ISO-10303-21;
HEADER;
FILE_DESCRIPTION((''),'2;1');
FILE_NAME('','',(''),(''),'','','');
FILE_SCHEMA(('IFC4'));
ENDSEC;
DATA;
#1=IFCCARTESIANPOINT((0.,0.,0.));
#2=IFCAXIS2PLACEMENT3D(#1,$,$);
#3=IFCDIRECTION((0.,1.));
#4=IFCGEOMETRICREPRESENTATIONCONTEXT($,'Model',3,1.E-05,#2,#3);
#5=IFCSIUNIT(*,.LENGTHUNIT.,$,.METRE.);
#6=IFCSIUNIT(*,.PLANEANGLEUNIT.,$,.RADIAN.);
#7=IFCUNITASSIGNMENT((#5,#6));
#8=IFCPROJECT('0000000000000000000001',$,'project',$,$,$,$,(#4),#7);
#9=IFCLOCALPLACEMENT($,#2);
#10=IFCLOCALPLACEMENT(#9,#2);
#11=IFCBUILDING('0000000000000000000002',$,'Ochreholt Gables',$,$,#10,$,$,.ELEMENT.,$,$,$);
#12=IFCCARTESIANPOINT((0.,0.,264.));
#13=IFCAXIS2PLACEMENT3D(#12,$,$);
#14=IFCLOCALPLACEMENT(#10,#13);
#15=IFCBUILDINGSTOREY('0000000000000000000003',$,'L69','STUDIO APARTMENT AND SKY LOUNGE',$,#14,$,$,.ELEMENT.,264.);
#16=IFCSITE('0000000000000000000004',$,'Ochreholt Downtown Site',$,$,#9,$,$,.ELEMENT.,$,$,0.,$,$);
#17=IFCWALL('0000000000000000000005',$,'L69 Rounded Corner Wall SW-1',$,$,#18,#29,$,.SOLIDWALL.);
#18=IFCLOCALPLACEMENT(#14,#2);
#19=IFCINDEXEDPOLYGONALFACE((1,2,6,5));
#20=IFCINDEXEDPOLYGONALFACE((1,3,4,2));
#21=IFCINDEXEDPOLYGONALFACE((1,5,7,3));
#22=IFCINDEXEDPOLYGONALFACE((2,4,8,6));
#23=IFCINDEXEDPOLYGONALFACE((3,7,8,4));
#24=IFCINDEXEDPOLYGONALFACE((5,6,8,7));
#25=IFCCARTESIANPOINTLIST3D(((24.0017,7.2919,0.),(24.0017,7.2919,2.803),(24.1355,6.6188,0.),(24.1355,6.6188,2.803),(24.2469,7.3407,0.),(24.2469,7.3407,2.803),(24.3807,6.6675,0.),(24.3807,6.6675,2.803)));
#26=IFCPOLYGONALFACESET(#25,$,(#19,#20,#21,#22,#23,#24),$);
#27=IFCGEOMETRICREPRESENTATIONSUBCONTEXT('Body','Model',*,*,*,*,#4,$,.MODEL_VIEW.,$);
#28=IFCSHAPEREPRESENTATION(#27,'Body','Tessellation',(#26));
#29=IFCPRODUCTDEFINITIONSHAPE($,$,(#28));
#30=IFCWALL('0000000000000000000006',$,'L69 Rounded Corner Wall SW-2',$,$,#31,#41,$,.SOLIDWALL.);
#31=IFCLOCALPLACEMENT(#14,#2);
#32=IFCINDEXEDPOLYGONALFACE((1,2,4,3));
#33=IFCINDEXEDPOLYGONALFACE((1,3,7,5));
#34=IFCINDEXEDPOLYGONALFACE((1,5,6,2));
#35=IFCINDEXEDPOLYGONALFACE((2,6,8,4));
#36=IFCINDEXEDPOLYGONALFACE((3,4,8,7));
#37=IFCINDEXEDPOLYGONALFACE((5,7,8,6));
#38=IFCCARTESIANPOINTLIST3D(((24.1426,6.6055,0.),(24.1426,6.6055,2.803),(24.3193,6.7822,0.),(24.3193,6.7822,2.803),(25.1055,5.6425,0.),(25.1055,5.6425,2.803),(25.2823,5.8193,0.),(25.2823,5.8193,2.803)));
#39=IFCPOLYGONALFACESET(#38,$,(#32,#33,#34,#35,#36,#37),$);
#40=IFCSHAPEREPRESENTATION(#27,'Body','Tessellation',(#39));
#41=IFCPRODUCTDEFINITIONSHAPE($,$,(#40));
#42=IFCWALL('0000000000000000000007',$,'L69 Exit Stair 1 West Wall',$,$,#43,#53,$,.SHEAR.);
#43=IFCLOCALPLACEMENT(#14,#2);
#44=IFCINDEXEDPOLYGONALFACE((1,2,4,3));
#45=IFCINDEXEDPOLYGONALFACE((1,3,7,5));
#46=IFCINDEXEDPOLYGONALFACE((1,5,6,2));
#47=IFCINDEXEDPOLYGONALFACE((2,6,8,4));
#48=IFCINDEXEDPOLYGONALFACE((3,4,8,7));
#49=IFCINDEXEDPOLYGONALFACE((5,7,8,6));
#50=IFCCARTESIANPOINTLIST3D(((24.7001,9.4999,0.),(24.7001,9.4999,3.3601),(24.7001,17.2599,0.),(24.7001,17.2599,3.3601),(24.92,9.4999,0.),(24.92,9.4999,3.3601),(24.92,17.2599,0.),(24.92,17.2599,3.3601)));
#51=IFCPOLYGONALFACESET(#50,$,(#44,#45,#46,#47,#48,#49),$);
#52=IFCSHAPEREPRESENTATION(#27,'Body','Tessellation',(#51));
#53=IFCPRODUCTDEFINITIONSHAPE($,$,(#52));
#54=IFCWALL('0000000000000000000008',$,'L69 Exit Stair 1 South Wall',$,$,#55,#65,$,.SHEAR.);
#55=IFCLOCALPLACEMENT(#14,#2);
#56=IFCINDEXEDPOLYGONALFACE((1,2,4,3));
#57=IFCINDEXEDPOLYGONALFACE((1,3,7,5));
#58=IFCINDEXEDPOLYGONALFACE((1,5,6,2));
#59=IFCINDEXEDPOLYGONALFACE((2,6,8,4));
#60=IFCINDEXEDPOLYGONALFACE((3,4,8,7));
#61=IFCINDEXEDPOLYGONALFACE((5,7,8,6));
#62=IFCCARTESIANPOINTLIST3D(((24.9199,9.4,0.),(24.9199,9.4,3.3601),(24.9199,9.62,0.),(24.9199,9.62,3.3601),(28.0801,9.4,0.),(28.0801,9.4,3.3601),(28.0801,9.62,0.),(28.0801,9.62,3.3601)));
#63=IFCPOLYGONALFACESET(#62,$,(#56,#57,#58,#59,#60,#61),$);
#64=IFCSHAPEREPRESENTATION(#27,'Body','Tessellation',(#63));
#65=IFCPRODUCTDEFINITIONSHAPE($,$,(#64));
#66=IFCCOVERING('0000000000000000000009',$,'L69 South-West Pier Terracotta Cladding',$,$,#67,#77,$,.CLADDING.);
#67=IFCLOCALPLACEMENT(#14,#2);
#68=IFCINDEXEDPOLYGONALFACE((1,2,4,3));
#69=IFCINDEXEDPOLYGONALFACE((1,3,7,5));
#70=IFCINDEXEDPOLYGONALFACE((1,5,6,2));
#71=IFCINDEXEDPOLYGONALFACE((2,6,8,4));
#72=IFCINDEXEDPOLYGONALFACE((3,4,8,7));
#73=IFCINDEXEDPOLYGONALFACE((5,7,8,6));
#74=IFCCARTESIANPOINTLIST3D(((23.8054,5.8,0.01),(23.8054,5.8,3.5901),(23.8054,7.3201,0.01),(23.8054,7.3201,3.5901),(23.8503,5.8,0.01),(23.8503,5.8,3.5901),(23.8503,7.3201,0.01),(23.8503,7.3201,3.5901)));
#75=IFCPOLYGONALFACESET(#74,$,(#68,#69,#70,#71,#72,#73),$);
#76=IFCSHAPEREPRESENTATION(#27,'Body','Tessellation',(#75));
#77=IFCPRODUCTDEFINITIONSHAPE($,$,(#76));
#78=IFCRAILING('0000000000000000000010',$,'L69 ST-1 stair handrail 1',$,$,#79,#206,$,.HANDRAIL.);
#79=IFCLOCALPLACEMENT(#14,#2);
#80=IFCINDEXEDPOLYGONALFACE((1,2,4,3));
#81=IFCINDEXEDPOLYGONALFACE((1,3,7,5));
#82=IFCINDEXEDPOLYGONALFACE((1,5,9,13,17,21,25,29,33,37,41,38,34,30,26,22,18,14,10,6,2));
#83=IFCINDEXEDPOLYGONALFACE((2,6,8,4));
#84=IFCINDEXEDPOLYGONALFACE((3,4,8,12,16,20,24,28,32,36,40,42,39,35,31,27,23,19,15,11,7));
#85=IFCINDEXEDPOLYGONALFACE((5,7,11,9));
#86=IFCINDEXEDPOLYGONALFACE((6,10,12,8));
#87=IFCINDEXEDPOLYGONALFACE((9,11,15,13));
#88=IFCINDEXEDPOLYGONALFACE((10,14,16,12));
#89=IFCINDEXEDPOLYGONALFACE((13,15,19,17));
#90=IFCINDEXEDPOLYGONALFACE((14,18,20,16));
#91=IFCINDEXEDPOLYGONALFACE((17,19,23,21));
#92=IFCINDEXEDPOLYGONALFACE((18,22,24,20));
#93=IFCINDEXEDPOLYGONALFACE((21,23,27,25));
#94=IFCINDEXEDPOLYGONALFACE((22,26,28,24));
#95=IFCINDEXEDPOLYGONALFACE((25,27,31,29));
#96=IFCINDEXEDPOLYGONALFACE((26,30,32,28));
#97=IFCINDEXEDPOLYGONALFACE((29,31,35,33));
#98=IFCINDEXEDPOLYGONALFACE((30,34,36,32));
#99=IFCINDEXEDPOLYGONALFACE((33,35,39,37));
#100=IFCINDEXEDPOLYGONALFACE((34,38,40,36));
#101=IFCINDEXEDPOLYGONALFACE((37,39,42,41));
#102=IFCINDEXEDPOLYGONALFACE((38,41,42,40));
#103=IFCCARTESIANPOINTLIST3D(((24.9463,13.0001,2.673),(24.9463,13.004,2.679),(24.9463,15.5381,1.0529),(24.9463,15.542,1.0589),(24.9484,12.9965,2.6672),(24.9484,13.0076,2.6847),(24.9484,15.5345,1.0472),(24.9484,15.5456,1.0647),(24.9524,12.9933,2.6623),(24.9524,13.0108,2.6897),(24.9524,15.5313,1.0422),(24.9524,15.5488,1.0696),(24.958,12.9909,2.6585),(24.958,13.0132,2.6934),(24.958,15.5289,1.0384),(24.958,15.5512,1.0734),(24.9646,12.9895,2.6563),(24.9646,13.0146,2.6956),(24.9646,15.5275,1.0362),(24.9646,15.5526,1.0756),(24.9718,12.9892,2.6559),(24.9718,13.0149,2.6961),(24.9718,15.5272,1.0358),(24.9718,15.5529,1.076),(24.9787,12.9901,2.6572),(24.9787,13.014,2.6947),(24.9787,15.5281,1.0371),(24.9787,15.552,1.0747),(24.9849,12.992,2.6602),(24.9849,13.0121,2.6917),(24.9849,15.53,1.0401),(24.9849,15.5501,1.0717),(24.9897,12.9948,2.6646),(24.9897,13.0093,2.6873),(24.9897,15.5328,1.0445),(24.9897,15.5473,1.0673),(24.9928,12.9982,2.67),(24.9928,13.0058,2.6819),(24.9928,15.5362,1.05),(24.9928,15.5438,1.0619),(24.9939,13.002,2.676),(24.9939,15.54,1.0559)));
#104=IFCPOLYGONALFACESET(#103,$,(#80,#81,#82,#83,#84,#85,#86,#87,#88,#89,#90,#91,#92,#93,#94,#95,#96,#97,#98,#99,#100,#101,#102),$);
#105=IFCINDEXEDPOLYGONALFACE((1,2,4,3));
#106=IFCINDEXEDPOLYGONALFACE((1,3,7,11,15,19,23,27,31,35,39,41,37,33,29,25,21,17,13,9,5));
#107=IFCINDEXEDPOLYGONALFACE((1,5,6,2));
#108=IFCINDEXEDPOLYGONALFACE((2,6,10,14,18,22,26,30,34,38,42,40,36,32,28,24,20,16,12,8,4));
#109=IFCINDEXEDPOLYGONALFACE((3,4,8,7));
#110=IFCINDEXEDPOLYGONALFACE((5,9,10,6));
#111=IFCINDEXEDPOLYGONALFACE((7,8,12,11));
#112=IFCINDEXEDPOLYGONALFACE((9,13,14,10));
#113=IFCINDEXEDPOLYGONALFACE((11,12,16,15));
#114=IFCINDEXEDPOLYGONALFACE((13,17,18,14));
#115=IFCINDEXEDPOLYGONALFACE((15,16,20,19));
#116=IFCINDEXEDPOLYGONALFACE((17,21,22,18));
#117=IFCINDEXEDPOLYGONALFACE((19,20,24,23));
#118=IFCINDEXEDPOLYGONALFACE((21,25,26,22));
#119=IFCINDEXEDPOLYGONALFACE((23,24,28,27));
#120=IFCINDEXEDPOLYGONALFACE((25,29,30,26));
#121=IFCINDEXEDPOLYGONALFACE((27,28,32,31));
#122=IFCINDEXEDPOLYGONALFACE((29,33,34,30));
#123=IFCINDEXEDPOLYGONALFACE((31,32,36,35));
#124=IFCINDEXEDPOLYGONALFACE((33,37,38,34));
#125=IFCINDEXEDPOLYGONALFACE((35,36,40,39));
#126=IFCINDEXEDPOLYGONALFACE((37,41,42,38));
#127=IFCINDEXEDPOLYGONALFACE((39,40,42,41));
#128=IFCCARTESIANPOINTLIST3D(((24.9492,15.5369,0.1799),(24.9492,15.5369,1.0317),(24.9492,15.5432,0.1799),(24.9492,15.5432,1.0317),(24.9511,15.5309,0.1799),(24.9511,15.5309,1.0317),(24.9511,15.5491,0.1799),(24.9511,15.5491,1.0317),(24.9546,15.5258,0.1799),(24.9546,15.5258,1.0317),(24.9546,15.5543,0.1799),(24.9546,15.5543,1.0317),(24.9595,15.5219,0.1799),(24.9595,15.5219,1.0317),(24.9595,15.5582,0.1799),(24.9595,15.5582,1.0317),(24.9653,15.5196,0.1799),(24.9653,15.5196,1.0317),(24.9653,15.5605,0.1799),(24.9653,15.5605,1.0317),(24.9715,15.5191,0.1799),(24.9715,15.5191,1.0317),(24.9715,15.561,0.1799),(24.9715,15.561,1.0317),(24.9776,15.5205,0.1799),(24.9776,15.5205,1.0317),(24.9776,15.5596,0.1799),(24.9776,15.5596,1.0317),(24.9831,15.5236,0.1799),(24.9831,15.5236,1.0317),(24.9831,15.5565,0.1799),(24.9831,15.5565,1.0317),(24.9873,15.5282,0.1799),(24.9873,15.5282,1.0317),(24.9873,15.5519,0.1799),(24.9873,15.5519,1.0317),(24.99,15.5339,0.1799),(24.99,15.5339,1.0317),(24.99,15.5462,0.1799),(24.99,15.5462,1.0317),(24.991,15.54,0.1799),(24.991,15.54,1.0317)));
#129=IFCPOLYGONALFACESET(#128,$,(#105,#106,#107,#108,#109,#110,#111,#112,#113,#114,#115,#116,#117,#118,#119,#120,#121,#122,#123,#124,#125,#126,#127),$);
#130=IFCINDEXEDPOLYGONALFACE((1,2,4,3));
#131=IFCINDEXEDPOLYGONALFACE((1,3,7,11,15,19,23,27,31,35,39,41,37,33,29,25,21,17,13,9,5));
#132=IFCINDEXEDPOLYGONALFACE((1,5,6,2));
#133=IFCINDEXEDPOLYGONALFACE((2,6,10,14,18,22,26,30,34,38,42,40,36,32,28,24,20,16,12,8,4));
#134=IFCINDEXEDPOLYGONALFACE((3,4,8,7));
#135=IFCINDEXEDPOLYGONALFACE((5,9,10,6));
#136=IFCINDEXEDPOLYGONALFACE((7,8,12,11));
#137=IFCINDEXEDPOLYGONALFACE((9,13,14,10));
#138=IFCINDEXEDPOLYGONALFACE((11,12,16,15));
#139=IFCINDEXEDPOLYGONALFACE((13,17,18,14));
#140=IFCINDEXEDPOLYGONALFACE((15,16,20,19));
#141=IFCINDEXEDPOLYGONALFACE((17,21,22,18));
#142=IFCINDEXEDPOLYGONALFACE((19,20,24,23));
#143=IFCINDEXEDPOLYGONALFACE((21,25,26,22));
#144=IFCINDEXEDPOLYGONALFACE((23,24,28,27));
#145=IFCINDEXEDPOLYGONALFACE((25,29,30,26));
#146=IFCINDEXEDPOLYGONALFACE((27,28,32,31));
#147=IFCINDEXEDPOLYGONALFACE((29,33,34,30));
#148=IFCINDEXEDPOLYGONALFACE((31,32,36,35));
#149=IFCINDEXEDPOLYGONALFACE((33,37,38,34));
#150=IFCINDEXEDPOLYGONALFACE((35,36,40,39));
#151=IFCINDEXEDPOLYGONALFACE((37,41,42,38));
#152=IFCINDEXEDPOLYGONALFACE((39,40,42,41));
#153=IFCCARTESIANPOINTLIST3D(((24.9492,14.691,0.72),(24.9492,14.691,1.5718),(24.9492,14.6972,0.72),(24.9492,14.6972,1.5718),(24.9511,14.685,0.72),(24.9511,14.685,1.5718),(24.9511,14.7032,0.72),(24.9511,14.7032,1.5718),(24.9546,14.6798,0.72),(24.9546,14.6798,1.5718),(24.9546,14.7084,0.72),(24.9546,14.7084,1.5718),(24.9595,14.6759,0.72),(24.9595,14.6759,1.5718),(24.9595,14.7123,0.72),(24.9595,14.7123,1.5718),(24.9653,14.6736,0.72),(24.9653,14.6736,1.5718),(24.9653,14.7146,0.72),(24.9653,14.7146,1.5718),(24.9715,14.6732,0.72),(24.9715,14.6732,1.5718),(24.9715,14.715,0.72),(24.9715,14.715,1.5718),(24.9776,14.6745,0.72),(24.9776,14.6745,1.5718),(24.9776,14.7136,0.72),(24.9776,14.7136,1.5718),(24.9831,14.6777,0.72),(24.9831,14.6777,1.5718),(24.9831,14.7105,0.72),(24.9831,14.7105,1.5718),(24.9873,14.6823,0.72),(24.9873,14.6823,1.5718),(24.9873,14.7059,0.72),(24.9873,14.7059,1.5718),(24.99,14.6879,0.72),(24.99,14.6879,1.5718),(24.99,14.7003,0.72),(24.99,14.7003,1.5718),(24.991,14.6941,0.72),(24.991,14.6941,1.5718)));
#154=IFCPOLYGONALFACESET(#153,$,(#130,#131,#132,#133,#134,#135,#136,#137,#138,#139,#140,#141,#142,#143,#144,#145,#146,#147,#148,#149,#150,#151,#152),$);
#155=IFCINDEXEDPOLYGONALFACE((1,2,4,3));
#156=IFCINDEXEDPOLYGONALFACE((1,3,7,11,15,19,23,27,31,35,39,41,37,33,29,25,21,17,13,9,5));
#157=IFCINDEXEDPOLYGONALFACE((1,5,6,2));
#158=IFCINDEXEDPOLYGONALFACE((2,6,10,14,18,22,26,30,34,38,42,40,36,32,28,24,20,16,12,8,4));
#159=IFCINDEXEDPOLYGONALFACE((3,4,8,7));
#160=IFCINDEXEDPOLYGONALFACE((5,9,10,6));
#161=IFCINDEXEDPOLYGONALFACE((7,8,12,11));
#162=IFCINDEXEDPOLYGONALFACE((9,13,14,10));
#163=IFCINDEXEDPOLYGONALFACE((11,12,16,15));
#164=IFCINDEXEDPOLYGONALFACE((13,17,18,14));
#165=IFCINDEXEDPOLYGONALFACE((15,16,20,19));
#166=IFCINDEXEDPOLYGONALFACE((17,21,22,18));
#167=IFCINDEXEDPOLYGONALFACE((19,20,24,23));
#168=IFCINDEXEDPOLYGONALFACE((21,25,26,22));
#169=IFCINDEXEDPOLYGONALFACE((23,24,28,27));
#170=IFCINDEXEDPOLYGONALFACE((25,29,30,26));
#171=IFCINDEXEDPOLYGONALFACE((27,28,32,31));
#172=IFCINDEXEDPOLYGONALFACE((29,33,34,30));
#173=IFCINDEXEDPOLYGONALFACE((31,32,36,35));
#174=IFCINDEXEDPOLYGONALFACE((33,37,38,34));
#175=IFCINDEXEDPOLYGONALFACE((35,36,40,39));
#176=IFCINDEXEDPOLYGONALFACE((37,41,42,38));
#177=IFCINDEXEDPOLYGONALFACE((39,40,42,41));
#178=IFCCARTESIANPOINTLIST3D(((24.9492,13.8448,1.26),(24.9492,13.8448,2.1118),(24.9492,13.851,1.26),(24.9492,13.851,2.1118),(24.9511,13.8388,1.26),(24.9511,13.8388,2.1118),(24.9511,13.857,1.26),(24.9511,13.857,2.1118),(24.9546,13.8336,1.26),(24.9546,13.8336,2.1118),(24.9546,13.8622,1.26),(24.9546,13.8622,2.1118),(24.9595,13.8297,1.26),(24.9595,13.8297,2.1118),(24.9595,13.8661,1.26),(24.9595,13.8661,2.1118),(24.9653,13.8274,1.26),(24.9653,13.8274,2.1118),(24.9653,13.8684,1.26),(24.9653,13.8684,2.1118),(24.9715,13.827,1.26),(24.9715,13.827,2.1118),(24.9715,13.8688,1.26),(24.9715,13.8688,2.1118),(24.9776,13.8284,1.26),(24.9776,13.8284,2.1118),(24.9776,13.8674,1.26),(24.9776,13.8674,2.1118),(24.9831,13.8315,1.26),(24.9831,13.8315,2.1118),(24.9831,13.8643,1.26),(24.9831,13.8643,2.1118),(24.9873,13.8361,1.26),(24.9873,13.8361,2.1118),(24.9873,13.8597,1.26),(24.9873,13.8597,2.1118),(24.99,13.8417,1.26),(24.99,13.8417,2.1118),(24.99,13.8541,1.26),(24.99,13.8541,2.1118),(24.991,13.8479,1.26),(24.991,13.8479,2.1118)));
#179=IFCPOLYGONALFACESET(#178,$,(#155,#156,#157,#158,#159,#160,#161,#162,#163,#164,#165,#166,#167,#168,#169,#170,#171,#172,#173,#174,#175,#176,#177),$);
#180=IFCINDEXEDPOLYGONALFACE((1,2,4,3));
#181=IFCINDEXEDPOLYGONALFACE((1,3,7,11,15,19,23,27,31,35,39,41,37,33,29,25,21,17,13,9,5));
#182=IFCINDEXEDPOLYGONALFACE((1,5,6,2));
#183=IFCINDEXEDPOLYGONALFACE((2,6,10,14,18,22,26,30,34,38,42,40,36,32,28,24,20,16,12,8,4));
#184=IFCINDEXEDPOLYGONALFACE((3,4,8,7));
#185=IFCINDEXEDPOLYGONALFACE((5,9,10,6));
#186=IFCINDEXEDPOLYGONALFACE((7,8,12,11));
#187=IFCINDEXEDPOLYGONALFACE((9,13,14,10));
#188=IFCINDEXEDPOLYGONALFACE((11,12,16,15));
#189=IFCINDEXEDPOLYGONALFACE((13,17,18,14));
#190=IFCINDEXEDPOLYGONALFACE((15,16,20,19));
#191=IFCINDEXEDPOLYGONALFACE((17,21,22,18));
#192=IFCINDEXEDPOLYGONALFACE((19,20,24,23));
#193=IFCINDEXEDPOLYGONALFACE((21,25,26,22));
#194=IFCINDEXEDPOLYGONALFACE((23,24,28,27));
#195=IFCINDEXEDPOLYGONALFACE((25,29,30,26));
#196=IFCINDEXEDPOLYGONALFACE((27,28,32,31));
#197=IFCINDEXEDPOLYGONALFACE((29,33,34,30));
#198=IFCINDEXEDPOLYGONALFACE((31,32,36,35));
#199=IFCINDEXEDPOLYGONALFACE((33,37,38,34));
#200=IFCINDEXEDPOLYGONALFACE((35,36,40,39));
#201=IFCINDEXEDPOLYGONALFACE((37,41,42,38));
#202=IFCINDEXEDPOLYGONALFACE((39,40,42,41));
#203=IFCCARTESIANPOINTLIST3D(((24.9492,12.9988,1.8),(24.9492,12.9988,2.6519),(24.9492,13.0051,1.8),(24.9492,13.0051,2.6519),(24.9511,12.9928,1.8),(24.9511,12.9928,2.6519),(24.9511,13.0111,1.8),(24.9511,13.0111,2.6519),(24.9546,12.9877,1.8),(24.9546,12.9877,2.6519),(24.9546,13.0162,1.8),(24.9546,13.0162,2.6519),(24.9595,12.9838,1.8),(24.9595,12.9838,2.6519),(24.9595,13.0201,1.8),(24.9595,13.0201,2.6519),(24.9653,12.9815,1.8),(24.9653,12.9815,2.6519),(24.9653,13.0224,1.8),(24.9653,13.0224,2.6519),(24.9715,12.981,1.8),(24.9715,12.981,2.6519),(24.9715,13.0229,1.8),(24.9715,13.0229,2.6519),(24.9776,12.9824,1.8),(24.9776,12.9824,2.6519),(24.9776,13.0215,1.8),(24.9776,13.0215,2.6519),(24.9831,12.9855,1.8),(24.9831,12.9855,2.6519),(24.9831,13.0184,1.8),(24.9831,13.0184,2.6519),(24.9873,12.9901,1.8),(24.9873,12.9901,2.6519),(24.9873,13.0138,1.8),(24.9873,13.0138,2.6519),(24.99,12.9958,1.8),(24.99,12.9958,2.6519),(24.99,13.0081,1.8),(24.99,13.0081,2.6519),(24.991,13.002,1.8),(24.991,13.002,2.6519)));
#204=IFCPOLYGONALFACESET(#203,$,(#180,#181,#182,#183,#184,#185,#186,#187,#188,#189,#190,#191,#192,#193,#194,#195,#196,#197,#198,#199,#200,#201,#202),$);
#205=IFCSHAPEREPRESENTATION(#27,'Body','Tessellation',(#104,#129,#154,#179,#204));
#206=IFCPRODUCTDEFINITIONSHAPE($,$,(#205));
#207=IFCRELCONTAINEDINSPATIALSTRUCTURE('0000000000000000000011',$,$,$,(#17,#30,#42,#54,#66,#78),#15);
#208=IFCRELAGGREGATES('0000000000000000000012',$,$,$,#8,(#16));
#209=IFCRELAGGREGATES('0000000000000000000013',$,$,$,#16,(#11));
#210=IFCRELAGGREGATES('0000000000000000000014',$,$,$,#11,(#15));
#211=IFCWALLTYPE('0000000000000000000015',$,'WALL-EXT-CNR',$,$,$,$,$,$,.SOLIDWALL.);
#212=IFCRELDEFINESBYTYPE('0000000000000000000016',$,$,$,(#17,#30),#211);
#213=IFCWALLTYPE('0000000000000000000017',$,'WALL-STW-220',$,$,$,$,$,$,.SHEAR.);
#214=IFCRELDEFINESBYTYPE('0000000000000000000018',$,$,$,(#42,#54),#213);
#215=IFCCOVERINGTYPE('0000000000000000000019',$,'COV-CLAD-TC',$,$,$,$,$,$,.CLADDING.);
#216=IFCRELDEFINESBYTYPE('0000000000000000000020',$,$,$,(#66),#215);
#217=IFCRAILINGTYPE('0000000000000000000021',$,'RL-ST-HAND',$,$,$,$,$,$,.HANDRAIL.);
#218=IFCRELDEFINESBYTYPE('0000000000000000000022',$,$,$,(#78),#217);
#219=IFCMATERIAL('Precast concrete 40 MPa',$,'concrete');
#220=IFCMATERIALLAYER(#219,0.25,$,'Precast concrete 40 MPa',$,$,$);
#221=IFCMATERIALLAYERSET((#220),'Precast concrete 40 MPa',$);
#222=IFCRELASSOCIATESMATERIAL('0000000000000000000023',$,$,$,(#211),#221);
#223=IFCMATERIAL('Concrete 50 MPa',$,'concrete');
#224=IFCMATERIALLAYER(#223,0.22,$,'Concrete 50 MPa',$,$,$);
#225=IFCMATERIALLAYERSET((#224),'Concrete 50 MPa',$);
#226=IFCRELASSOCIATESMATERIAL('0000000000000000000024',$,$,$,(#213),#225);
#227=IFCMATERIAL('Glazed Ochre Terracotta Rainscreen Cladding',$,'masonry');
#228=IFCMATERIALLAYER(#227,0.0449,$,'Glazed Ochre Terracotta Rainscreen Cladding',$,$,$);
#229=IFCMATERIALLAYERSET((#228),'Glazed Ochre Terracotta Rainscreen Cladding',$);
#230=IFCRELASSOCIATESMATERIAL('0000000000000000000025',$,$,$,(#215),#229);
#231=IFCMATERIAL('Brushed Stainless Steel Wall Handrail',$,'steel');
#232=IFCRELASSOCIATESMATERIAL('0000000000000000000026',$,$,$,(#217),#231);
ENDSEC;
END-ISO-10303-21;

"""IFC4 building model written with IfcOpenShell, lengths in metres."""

from ifc_helpers import new_model, si_unit, direction, frame, frame_2d, origin, origin_2d, place, context, subcontext, project, spatial, rectangle, circle, extrude, material, layer, layer_set, type_object, element, save


model = new_model("IFC4")

# Units and contexts
model_context = context("Model", 3, precision=1e-05, world=origin(), true_north=direction((0.0, 1.0)))
body_context = subcontext(model_context, "Body", "Model", "MODEL_VIEW")
ifc_project = project(units=[si_unit("LENGTHUNIT", "METRE"), si_unit("PLANEANGLEUNIT", "RADIAN")], contexts=[model_context])

# Site, building, storey
site_placement = place(None, origin())
site = spatial("IfcSite", under=ifc_project, at=site_placement, Name="Ochreholt Downtown Site", CompositionType="ELEMENT", RefElevation=0.0)
building_placement = place(site_placement, origin())
building = spatial("IfcBuilding", under=site, at=building_placement, Name="Ochreholt Gables", CompositionType="ELEMENT")
storey_placement = place(building_placement, frame((0.0, 0.0, 264.0)))
storey = spatial("IfcBuildingStorey", under=building, at=storey_placement, Name="L69", Description="STUDIO APARTMENT AND SKY LOUNGE", CompositionType="ELEMENT", Elevation=264.0)

# Shared definitions
ifc_material_1 = material(Name="Concrete 50 MPa", Category="concrete")

# Shared definitions
ifc_material_2 = material(Name="Precast concrete 40 MPa", Category="concrete")

# Walls
ifc_layer_1 = layer(ifc_material_2, 0.25, Name="Precast concrete 40 MPa")
ifc_layer_set_1 = layer_set([ifc_layer_1], Name="Precast concrete 40 MPa")
wall_type_1 = type_object("IfcWallType", Name="WALL-EXT-CNR", PredefinedType="SOLIDWALL", material=ifc_layer_set_1)
wall_1_placement = place(storey_placement, frame((24.1243, 7.3164, 0.0), z_axis=(0.0, 0.0, 1.0), x_axis=(0.194953, -0.980813, 0.0)))
element("IfcWall", 1, at=wall_1_placement, inside=storey, type_object=wall_type_1, Name="L69 Rounded Corner Wall SW-1", PredefinedType="SOLIDWALL", context=body_context, shape_type="SweptSolid", body=[
    extrude(rectangle(XDim=0.6863, YDim=0.25, at=frame_2d((0.3433, 0.0))), origin(), (0.0, 0.0, 1.0), 2.803),
])
wall_2_placement = place(storey_placement, frame((24.231, 6.6938, 0.0), z_axis=(0.0, 0.0, 1.0), x_axis=(0.707107, -0.707107, 0.0)))
element("IfcWall", 2, at=wall_2_placement, inside=storey, type_object=wall_type_1, Name="L69 Rounded Corner Wall SW-2", PredefinedType="SOLIDWALL", context=body_context, shape_type="SweptSolid", body=[
    extrude(rectangle(XDim=1.3618, YDim=0.25, at=frame_2d((0.6809, 0.0))), origin(), (0.0, 0.0, 1.0), 2.803),
])
ifc_layer_2 = layer(ifc_material_1, 0.22, Name="Concrete 50 MPa")
ifc_layer_set_2 = layer_set([ifc_layer_2], Name="Concrete 50 MPa")
wall_type_2 = type_object("IfcWallType", Name="WALL-STW-220", PredefinedType="SHEAR", material=ifc_layer_set_2)
wall_3_placement = place(storey_placement, frame((24.8101, 9.5, 0.0), z_axis=(0.0, 0.0, 1.0), x_axis=(0.0, 1.0, 0.0)))
element("IfcWall", 3, at=wall_3_placement, inside=storey, type_object=wall_type_2, Name="L69 Exit Stair 1 West Wall", PredefinedType="SHEAR", context=body_context, shape_type="SweptSolid", body=[
    extrude(rectangle(XDim=7.76, YDim=0.22, at=frame_2d((3.8799, 0.0))), origin(), (0.0, 0.0, 1.0), 3.3601),
])
wall_4_placement = place(storey_placement, frame((24.9199, 9.51, 0.0), z_axis=(0.0, 0.0, 1.0), x_axis=(1.0, 0.0, 0.0)))
element("IfcWall", 4, at=wall_4_placement, inside=storey, type_object=wall_type_2, Name="L69 Exit Stair 1 South Wall", PredefinedType="SHEAR", context=body_context, shape_type="SweptSolid", body=[
    extrude(rectangle(XDim=3.1602, YDim=0.22, at=frame_2d((1.5801, 0.0))), origin(), (0.0, 0.0, 1.0), 3.3601),
])

# Covering
ifc_material_3 = material(Name="Glazed Ochre Terracotta Rainscreen Cladding", Category="masonry")
ifc_layer_3 = layer(ifc_material_3, 0.0449, Name="Glazed Ochre Terracotta Rainscreen Cladding")
ifc_layer_set_3 = layer_set([ifc_layer_3], Name="Glazed Ochre Terracotta Rainscreen Cladding")
covering_type = type_object("IfcCoveringType", Name="COV-CLAD-TC", PredefinedType="CLADDING", material=ifc_layer_set_3)
covering_placement = place(storey_placement, frame((23.8279, 6.5601, 0.01), z_axis=(0.0, 0.0, 1.0), x_axis=(0.0, 1.0, 0.0)))
element("IfcCovering", 5, at=covering_placement, inside=storey, type_object=covering_type, Name="L69 South-West Pier Terracotta Cladding", PredefinedType="CLADDING", context=body_context, shape_type="SweptSolid", body=[
    extrude(rectangle(XDim=1.52, YDim=0.0449, at=origin_2d()), origin(), (0.0, 0.0, 1.0), 3.5801),
])

# Railing
ifc_material_4 = material(Name="Brushed Stainless Steel Wall Handrail", Category="steel")
railing_type = type_object("IfcRailingType", Name="RL-ST-HAND", PredefinedType="HANDRAIL", material=ifc_material_4)
railing_placement = place(storey_placement, frame((24.97, 15.54, 0.1799)))
element("IfcRailing", 6, at=railing_placement, inside=storey, type_object=railing_type, Name="L69 ST-1 stair handrail 1", PredefinedType="HANDRAIL", context=body_context, shape_type="SweptSolid", body=[
    extrude(circle(Radius=0.0239, at=origin_2d()), frame((0.0, 0.0, 0.876), z_axis=(0.0, -0.842913, 0.53805), x_axis=(1.0, 0.0, 0.0)), (0.0, 0.0, 1.0), 3.011),
    extrude(circle(Radius=0.021, at=origin_2d()), origin(), (0.0, 0.0, 1.0), 0.8518),
    extrude(circle(Radius=0.021, at=origin_2d()), frame((0.0, -0.8459, 0.54)), (0.0, 0.0, 1.0), 0.8518),
    extrude(circle(Radius=0.021, at=origin_2d()), frame((0.0, -1.6921, 1.0801)), (0.0, 0.0, 1.0), 0.8518),
    extrude(circle(Radius=0.021, at=origin_2d()), frame((0.0, -2.5381, 1.6201)), (0.0, 0.0, 1.0), 0.8518),
])

save(model, "model.ifc")
